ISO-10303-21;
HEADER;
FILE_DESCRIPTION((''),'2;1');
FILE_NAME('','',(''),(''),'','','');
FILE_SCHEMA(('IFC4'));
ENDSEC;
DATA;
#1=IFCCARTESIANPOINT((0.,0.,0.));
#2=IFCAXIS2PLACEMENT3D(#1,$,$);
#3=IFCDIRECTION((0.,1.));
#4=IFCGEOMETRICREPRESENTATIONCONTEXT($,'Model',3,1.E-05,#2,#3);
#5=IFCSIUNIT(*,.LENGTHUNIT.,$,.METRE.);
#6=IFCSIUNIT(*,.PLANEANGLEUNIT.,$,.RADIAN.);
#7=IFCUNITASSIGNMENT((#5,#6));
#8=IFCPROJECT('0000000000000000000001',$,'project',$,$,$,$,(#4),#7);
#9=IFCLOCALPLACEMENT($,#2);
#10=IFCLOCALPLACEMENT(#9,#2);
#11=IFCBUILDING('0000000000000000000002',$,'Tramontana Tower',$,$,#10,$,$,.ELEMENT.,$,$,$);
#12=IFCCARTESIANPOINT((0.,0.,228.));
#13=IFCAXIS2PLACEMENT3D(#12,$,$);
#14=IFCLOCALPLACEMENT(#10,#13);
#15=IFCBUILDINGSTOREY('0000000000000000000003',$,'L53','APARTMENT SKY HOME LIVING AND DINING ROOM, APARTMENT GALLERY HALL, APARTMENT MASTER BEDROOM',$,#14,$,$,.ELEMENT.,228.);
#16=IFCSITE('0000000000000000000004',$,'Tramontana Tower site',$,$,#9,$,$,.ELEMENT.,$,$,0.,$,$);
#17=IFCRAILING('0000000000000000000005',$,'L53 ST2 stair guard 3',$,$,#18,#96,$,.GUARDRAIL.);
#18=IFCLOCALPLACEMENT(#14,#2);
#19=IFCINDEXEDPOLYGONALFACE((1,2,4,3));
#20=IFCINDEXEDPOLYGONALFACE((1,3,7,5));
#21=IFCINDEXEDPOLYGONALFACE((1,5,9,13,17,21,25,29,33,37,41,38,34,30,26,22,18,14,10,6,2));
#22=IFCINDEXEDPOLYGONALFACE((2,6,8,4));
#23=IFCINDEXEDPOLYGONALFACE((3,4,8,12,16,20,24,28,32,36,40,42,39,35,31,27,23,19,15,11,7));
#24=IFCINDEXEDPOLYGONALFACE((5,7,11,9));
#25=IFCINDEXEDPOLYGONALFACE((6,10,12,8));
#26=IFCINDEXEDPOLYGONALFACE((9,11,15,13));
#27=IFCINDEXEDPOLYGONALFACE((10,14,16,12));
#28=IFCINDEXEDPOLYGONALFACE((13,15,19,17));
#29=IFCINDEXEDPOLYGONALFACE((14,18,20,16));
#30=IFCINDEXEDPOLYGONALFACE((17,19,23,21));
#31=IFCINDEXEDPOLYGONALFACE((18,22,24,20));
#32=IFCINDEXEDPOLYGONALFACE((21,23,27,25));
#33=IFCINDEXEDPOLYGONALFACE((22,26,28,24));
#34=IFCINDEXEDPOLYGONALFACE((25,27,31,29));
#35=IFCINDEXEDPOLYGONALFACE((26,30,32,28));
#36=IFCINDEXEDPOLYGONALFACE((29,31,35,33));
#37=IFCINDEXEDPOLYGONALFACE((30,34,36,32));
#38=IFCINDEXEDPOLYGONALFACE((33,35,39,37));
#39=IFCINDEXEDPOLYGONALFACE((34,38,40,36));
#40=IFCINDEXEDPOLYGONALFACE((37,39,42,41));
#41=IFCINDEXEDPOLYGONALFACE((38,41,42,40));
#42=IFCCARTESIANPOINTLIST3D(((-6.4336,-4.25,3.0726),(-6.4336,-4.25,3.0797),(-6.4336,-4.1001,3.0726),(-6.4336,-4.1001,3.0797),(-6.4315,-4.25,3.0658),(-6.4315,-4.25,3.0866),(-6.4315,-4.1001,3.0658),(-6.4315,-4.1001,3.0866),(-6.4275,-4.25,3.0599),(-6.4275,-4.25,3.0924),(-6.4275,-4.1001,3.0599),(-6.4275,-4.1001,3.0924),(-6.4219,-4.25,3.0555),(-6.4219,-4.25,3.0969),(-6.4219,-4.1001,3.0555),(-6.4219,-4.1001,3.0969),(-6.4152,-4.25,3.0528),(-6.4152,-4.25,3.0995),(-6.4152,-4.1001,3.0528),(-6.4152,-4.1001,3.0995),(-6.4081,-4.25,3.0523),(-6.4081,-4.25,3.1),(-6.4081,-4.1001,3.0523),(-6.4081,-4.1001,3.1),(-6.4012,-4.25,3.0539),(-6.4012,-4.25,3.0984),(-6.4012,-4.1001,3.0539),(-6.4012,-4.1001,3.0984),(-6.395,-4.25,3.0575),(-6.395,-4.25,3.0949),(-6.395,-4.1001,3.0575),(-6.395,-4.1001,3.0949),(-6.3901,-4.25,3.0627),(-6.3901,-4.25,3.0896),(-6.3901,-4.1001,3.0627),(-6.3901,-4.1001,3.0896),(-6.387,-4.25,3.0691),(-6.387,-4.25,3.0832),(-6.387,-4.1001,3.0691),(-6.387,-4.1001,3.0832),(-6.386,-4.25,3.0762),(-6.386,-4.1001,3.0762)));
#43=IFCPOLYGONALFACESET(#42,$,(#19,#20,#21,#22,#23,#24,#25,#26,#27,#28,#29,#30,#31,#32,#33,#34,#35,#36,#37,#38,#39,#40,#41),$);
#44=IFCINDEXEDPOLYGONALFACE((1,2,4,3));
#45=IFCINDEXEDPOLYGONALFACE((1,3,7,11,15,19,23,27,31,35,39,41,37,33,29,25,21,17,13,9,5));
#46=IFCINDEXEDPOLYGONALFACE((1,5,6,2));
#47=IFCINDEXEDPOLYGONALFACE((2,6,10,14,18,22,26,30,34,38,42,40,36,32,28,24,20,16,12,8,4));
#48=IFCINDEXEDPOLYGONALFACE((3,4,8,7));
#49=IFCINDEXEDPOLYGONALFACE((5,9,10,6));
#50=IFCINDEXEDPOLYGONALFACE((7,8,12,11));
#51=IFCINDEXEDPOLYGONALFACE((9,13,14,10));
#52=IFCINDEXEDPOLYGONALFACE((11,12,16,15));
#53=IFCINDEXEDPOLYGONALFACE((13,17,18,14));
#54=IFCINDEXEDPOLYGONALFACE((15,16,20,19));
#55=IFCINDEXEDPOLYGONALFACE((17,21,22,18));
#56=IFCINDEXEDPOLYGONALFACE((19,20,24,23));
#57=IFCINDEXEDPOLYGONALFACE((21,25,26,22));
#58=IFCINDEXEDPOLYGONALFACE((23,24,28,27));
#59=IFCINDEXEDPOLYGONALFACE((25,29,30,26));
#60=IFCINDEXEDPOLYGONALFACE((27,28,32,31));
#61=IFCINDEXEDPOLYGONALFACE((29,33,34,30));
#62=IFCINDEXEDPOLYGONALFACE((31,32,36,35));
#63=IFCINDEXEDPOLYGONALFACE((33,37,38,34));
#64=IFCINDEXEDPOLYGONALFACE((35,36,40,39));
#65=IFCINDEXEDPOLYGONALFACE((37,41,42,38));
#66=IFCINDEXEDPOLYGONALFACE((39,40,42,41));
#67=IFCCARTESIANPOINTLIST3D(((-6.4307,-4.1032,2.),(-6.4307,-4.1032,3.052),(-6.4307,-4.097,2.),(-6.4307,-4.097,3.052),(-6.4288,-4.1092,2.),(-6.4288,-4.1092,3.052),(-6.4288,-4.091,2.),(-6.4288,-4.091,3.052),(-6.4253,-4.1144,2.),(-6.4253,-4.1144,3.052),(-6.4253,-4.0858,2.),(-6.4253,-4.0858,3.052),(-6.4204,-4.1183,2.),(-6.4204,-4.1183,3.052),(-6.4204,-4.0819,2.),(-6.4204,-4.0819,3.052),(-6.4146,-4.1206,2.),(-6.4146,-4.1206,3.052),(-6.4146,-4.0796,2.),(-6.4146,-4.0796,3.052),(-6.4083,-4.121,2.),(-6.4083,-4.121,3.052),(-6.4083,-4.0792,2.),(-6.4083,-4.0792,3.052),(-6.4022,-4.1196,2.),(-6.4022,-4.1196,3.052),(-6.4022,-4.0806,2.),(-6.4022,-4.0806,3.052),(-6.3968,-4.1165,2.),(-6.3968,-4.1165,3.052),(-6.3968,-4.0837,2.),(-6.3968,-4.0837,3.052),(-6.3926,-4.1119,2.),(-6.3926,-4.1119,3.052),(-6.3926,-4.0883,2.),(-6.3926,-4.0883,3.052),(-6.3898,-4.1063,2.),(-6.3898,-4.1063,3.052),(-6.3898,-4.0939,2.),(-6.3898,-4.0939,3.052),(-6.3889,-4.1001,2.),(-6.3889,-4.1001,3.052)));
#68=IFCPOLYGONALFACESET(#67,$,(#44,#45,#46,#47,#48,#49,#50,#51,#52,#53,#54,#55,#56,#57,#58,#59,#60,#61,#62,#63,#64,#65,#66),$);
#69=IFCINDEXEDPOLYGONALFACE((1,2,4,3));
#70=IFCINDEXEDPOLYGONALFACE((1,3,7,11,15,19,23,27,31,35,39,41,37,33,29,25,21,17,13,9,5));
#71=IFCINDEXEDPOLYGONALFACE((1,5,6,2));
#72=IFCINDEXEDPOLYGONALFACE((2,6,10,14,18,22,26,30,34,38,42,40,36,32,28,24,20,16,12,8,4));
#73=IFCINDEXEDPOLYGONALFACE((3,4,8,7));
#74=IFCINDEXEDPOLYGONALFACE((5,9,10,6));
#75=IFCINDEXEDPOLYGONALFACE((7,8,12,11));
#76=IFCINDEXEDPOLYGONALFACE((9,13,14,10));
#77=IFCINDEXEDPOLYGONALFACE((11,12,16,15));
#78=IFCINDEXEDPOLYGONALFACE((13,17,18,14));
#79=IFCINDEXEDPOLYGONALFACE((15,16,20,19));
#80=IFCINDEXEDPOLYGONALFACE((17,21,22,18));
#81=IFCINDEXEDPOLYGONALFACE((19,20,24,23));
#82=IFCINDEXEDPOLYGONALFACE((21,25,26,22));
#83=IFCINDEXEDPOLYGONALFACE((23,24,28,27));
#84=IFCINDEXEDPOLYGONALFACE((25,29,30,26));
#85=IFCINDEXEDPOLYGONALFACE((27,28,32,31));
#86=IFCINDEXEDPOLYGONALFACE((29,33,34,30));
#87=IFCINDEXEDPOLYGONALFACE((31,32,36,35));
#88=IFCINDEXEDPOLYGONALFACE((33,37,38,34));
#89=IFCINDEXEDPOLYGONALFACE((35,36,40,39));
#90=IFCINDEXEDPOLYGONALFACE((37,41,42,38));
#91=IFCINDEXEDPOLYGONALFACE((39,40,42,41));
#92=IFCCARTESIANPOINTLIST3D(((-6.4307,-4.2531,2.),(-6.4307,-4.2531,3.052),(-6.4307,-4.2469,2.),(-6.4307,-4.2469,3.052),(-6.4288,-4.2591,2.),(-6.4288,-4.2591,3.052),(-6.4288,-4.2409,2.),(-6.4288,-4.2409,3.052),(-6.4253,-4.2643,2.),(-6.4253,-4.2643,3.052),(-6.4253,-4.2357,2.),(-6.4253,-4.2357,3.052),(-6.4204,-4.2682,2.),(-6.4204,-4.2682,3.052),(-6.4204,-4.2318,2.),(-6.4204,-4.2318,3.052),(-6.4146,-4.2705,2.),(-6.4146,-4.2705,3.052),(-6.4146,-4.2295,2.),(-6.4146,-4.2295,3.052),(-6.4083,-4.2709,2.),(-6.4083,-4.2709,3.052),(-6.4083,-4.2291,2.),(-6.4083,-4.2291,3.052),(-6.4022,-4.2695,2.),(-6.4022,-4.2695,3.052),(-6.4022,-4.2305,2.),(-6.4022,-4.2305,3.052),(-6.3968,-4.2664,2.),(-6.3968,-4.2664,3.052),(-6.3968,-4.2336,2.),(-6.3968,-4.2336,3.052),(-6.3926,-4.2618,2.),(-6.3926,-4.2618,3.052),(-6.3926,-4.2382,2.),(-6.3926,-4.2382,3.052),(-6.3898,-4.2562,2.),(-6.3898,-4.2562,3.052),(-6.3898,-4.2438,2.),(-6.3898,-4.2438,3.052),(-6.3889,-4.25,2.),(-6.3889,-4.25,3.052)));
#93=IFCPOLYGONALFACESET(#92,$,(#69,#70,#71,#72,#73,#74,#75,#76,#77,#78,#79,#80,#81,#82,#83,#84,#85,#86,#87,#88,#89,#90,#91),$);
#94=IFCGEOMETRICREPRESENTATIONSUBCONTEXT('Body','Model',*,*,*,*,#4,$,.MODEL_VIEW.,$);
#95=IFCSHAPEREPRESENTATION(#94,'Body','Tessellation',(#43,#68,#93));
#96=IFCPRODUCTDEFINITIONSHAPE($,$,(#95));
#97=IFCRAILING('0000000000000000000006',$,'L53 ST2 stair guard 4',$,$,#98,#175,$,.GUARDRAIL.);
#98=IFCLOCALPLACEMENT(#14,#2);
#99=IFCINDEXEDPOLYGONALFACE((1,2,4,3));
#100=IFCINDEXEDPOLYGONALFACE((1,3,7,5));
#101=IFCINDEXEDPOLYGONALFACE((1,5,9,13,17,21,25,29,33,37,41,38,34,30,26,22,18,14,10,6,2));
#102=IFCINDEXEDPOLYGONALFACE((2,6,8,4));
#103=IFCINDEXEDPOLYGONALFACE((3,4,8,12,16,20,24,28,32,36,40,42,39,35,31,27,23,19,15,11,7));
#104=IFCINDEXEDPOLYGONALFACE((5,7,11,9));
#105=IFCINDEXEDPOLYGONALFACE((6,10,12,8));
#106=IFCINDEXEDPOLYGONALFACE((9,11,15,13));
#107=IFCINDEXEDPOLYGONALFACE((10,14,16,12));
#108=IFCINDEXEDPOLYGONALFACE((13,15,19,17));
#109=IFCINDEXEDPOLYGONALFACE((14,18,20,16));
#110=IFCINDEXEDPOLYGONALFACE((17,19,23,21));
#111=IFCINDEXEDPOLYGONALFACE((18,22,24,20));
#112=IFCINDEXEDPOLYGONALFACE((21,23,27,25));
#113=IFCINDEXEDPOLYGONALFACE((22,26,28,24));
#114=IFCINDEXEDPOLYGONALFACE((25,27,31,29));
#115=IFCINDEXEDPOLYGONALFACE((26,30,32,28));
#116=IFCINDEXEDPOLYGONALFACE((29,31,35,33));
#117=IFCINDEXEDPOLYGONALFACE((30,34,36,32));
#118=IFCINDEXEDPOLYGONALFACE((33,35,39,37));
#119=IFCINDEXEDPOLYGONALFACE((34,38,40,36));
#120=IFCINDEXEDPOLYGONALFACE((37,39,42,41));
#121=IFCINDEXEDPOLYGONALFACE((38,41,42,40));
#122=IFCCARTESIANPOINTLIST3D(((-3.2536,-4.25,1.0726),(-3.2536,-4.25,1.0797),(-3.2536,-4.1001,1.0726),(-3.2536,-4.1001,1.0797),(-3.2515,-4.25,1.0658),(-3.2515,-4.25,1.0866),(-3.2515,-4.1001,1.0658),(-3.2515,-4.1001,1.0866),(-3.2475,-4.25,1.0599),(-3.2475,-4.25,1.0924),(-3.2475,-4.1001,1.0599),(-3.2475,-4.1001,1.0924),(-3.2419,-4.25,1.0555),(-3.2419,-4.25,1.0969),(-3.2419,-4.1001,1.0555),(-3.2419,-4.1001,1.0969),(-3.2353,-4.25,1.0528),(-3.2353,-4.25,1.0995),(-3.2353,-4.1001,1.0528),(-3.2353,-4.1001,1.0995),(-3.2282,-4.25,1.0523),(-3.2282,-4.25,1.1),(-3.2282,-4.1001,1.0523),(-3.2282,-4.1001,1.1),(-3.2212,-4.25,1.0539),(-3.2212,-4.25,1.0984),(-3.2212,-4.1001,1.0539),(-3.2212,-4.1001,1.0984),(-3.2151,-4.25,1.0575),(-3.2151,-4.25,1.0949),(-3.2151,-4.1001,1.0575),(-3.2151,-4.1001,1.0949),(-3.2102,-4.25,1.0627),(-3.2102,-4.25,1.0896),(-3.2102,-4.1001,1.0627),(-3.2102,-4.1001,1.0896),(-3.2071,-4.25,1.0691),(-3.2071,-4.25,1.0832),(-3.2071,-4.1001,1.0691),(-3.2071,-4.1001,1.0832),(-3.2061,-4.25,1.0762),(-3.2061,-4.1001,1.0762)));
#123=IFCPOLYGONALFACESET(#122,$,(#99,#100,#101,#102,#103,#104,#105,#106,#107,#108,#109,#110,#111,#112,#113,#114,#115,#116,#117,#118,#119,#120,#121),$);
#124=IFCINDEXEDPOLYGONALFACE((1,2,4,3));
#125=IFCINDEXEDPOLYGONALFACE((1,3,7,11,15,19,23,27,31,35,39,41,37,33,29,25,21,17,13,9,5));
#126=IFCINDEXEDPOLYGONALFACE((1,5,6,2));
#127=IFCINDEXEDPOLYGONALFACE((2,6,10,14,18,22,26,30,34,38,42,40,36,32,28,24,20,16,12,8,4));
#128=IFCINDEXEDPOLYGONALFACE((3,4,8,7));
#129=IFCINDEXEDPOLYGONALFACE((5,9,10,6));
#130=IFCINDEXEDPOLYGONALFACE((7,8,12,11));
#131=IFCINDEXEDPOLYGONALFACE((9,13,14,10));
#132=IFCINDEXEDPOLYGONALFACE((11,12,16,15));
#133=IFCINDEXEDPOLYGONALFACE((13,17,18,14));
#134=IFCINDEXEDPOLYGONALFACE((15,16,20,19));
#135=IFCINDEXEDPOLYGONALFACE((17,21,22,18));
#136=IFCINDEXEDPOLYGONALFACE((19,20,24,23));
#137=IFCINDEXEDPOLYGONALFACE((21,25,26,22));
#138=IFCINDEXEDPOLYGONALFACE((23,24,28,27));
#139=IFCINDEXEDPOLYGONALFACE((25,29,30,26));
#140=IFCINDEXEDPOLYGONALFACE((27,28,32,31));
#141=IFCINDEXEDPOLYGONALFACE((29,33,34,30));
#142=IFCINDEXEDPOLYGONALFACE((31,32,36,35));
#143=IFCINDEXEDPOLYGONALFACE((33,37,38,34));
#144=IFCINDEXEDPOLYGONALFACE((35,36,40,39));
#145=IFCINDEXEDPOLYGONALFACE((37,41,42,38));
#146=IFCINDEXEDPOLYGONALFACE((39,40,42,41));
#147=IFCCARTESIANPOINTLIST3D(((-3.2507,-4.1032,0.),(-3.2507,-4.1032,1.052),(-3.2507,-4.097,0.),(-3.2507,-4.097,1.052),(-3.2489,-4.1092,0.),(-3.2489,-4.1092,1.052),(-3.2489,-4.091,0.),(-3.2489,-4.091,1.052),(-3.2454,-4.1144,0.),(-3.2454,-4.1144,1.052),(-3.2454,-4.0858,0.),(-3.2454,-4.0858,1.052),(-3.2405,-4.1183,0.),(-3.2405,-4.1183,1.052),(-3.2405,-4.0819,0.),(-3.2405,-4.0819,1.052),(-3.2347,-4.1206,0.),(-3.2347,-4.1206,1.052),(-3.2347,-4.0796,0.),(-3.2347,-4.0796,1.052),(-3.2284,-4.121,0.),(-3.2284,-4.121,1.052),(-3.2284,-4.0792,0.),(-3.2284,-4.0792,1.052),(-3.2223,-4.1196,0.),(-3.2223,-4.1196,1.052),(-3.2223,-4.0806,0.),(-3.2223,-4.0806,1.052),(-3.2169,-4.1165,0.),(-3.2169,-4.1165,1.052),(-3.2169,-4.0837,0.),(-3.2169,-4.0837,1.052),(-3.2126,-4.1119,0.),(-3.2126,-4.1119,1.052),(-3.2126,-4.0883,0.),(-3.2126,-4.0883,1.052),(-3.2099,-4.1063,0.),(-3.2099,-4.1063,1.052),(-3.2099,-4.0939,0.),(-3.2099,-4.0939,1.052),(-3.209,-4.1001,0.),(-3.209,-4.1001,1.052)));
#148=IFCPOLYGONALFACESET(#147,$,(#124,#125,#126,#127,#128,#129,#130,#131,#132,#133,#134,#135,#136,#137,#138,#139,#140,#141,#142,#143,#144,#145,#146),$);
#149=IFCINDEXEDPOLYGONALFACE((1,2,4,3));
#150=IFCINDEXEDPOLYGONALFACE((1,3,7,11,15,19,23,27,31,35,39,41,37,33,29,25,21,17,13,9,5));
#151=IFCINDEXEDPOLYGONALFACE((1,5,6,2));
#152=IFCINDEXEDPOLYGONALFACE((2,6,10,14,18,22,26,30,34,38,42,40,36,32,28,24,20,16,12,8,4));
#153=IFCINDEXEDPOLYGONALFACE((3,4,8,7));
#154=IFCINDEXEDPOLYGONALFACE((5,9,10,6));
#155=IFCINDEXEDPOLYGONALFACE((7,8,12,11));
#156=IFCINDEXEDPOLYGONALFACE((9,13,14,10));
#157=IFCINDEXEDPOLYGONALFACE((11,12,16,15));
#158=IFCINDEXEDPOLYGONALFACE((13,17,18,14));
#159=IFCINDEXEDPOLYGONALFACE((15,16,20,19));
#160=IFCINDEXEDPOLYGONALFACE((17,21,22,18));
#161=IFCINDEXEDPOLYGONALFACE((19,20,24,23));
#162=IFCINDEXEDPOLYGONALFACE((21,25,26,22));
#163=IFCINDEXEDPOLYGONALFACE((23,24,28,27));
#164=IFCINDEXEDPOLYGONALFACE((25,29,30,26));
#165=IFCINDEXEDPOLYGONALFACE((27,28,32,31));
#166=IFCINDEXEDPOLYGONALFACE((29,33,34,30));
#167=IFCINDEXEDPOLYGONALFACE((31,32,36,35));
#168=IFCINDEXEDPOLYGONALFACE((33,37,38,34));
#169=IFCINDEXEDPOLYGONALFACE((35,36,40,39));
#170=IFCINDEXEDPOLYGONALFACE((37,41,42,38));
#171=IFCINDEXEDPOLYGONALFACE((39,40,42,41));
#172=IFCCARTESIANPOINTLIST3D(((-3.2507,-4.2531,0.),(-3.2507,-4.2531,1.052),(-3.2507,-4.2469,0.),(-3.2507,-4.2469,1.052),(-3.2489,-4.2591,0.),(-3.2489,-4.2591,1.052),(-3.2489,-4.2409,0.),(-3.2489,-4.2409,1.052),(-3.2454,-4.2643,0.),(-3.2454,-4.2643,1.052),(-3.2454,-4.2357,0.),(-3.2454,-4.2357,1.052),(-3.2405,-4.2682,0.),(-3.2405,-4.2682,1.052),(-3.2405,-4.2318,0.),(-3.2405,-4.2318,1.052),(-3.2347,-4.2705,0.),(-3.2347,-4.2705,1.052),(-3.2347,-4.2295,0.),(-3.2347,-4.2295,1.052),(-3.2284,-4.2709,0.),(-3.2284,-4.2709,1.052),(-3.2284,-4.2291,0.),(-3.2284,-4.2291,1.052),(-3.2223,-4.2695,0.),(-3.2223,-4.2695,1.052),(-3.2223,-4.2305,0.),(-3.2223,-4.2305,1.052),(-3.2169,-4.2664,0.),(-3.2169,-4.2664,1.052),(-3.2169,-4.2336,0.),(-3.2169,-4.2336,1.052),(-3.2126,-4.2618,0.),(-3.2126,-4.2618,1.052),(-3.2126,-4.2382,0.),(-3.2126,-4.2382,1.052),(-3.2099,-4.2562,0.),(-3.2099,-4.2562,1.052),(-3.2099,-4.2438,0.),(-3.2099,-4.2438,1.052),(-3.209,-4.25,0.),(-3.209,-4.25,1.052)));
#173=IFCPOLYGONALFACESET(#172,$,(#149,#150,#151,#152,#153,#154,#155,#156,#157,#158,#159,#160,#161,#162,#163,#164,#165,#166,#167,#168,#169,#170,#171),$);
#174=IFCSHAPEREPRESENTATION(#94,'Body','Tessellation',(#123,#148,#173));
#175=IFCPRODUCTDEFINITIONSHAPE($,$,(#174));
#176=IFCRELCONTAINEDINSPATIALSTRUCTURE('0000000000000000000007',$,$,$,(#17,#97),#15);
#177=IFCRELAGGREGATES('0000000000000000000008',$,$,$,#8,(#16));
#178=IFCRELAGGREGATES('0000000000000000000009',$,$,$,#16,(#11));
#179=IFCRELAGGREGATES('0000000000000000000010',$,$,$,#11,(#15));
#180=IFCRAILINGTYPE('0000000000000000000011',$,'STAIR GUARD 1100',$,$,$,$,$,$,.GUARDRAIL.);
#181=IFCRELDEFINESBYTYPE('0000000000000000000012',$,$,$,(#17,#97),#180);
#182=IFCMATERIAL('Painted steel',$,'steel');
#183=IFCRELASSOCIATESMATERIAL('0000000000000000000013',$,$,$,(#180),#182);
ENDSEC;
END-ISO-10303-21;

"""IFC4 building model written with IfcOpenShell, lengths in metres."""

from ifc_helpers import new_model, si_unit, direction, frame, origin, origin_2d, place, context, subcontext, project, spatial, circle, extrude, material, type_object, element, save


model = new_model("IFC4")

# Units and contexts
model_context = context("Model", 3, precision=1e-05, world=origin(), true_north=direction((0.0, 1.0)))
body_context = subcontext(model_context, "Body", "Model", "MODEL_VIEW")
ifc_project = project(units=[si_unit("LENGTHUNIT", "METRE"), si_unit("PLANEANGLEUNIT", "RADIAN")], contexts=[model_context])

# Site, building, storey
site_placement = place(None, origin())
site = spatial("IfcSite", under=ifc_project, at=site_placement, Name="Tramontana Tower site", CompositionType="ELEMENT", RefElevation=0.0)
building_placement = place(site_placement, origin())
building = spatial("IfcBuilding", under=site, at=building_placement, Name="Tramontana Tower", CompositionType="ELEMENT")
storey_placement = place(building_placement, frame((0.0, 0.0, 228.0)))
storey = spatial("IfcBuildingStorey", under=building, at=storey_placement, Name="L53", Description="APARTMENT SKY HOME LIVING AND DINING ROOM, APARTMENT GALLERY HALL, APARTMENT MASTER BEDROOM", CompositionType="ELEMENT", Elevation=228.0)

# Railings
ifc_material_1 = material(Name="Painted steel", Category="steel")
railing_type_1 = type_object("IfcRailingType", Name="STAIR GUARD 1100", PredefinedType="GUARDRAIL", material=ifc_material_1)
for number, where, name in (
    (1, (-6.4099, -4.1001, 2.0), "L53 ST2 stair guard 3"),
    (2, (-3.23, -4.1001, 0.0), "L53 ST2 stair guard 4"),
):
    element("IfcRailing", number, at=place(storey_placement, frame(where)), inside=storey, type_object=railing_type_1, Name=name, PredefinedType="GUARDRAIL", context=body_context, shape_type="SweptSolid", body=[
        extrude(circle(Radius=0.0239, at=origin_2d()), frame((0.0, 0.0, 1.0762), z_axis=(0.0, -1.0, 0.0), x_axis=(1.0, 0.0, 0.0)), (0.0, 0.0, 1.0), 0.1499),
        extrude(circle(Radius=0.021, at=origin_2d()), origin(), (0.0, 0.0, 1.0), 1.052),
        extrude(circle(Radius=0.021, at=origin_2d()), frame((0.0, -0.1499, 0.0)), (0.0, 0.0, 1.0), 1.052),
    ])

save(model, "model.ifc")
